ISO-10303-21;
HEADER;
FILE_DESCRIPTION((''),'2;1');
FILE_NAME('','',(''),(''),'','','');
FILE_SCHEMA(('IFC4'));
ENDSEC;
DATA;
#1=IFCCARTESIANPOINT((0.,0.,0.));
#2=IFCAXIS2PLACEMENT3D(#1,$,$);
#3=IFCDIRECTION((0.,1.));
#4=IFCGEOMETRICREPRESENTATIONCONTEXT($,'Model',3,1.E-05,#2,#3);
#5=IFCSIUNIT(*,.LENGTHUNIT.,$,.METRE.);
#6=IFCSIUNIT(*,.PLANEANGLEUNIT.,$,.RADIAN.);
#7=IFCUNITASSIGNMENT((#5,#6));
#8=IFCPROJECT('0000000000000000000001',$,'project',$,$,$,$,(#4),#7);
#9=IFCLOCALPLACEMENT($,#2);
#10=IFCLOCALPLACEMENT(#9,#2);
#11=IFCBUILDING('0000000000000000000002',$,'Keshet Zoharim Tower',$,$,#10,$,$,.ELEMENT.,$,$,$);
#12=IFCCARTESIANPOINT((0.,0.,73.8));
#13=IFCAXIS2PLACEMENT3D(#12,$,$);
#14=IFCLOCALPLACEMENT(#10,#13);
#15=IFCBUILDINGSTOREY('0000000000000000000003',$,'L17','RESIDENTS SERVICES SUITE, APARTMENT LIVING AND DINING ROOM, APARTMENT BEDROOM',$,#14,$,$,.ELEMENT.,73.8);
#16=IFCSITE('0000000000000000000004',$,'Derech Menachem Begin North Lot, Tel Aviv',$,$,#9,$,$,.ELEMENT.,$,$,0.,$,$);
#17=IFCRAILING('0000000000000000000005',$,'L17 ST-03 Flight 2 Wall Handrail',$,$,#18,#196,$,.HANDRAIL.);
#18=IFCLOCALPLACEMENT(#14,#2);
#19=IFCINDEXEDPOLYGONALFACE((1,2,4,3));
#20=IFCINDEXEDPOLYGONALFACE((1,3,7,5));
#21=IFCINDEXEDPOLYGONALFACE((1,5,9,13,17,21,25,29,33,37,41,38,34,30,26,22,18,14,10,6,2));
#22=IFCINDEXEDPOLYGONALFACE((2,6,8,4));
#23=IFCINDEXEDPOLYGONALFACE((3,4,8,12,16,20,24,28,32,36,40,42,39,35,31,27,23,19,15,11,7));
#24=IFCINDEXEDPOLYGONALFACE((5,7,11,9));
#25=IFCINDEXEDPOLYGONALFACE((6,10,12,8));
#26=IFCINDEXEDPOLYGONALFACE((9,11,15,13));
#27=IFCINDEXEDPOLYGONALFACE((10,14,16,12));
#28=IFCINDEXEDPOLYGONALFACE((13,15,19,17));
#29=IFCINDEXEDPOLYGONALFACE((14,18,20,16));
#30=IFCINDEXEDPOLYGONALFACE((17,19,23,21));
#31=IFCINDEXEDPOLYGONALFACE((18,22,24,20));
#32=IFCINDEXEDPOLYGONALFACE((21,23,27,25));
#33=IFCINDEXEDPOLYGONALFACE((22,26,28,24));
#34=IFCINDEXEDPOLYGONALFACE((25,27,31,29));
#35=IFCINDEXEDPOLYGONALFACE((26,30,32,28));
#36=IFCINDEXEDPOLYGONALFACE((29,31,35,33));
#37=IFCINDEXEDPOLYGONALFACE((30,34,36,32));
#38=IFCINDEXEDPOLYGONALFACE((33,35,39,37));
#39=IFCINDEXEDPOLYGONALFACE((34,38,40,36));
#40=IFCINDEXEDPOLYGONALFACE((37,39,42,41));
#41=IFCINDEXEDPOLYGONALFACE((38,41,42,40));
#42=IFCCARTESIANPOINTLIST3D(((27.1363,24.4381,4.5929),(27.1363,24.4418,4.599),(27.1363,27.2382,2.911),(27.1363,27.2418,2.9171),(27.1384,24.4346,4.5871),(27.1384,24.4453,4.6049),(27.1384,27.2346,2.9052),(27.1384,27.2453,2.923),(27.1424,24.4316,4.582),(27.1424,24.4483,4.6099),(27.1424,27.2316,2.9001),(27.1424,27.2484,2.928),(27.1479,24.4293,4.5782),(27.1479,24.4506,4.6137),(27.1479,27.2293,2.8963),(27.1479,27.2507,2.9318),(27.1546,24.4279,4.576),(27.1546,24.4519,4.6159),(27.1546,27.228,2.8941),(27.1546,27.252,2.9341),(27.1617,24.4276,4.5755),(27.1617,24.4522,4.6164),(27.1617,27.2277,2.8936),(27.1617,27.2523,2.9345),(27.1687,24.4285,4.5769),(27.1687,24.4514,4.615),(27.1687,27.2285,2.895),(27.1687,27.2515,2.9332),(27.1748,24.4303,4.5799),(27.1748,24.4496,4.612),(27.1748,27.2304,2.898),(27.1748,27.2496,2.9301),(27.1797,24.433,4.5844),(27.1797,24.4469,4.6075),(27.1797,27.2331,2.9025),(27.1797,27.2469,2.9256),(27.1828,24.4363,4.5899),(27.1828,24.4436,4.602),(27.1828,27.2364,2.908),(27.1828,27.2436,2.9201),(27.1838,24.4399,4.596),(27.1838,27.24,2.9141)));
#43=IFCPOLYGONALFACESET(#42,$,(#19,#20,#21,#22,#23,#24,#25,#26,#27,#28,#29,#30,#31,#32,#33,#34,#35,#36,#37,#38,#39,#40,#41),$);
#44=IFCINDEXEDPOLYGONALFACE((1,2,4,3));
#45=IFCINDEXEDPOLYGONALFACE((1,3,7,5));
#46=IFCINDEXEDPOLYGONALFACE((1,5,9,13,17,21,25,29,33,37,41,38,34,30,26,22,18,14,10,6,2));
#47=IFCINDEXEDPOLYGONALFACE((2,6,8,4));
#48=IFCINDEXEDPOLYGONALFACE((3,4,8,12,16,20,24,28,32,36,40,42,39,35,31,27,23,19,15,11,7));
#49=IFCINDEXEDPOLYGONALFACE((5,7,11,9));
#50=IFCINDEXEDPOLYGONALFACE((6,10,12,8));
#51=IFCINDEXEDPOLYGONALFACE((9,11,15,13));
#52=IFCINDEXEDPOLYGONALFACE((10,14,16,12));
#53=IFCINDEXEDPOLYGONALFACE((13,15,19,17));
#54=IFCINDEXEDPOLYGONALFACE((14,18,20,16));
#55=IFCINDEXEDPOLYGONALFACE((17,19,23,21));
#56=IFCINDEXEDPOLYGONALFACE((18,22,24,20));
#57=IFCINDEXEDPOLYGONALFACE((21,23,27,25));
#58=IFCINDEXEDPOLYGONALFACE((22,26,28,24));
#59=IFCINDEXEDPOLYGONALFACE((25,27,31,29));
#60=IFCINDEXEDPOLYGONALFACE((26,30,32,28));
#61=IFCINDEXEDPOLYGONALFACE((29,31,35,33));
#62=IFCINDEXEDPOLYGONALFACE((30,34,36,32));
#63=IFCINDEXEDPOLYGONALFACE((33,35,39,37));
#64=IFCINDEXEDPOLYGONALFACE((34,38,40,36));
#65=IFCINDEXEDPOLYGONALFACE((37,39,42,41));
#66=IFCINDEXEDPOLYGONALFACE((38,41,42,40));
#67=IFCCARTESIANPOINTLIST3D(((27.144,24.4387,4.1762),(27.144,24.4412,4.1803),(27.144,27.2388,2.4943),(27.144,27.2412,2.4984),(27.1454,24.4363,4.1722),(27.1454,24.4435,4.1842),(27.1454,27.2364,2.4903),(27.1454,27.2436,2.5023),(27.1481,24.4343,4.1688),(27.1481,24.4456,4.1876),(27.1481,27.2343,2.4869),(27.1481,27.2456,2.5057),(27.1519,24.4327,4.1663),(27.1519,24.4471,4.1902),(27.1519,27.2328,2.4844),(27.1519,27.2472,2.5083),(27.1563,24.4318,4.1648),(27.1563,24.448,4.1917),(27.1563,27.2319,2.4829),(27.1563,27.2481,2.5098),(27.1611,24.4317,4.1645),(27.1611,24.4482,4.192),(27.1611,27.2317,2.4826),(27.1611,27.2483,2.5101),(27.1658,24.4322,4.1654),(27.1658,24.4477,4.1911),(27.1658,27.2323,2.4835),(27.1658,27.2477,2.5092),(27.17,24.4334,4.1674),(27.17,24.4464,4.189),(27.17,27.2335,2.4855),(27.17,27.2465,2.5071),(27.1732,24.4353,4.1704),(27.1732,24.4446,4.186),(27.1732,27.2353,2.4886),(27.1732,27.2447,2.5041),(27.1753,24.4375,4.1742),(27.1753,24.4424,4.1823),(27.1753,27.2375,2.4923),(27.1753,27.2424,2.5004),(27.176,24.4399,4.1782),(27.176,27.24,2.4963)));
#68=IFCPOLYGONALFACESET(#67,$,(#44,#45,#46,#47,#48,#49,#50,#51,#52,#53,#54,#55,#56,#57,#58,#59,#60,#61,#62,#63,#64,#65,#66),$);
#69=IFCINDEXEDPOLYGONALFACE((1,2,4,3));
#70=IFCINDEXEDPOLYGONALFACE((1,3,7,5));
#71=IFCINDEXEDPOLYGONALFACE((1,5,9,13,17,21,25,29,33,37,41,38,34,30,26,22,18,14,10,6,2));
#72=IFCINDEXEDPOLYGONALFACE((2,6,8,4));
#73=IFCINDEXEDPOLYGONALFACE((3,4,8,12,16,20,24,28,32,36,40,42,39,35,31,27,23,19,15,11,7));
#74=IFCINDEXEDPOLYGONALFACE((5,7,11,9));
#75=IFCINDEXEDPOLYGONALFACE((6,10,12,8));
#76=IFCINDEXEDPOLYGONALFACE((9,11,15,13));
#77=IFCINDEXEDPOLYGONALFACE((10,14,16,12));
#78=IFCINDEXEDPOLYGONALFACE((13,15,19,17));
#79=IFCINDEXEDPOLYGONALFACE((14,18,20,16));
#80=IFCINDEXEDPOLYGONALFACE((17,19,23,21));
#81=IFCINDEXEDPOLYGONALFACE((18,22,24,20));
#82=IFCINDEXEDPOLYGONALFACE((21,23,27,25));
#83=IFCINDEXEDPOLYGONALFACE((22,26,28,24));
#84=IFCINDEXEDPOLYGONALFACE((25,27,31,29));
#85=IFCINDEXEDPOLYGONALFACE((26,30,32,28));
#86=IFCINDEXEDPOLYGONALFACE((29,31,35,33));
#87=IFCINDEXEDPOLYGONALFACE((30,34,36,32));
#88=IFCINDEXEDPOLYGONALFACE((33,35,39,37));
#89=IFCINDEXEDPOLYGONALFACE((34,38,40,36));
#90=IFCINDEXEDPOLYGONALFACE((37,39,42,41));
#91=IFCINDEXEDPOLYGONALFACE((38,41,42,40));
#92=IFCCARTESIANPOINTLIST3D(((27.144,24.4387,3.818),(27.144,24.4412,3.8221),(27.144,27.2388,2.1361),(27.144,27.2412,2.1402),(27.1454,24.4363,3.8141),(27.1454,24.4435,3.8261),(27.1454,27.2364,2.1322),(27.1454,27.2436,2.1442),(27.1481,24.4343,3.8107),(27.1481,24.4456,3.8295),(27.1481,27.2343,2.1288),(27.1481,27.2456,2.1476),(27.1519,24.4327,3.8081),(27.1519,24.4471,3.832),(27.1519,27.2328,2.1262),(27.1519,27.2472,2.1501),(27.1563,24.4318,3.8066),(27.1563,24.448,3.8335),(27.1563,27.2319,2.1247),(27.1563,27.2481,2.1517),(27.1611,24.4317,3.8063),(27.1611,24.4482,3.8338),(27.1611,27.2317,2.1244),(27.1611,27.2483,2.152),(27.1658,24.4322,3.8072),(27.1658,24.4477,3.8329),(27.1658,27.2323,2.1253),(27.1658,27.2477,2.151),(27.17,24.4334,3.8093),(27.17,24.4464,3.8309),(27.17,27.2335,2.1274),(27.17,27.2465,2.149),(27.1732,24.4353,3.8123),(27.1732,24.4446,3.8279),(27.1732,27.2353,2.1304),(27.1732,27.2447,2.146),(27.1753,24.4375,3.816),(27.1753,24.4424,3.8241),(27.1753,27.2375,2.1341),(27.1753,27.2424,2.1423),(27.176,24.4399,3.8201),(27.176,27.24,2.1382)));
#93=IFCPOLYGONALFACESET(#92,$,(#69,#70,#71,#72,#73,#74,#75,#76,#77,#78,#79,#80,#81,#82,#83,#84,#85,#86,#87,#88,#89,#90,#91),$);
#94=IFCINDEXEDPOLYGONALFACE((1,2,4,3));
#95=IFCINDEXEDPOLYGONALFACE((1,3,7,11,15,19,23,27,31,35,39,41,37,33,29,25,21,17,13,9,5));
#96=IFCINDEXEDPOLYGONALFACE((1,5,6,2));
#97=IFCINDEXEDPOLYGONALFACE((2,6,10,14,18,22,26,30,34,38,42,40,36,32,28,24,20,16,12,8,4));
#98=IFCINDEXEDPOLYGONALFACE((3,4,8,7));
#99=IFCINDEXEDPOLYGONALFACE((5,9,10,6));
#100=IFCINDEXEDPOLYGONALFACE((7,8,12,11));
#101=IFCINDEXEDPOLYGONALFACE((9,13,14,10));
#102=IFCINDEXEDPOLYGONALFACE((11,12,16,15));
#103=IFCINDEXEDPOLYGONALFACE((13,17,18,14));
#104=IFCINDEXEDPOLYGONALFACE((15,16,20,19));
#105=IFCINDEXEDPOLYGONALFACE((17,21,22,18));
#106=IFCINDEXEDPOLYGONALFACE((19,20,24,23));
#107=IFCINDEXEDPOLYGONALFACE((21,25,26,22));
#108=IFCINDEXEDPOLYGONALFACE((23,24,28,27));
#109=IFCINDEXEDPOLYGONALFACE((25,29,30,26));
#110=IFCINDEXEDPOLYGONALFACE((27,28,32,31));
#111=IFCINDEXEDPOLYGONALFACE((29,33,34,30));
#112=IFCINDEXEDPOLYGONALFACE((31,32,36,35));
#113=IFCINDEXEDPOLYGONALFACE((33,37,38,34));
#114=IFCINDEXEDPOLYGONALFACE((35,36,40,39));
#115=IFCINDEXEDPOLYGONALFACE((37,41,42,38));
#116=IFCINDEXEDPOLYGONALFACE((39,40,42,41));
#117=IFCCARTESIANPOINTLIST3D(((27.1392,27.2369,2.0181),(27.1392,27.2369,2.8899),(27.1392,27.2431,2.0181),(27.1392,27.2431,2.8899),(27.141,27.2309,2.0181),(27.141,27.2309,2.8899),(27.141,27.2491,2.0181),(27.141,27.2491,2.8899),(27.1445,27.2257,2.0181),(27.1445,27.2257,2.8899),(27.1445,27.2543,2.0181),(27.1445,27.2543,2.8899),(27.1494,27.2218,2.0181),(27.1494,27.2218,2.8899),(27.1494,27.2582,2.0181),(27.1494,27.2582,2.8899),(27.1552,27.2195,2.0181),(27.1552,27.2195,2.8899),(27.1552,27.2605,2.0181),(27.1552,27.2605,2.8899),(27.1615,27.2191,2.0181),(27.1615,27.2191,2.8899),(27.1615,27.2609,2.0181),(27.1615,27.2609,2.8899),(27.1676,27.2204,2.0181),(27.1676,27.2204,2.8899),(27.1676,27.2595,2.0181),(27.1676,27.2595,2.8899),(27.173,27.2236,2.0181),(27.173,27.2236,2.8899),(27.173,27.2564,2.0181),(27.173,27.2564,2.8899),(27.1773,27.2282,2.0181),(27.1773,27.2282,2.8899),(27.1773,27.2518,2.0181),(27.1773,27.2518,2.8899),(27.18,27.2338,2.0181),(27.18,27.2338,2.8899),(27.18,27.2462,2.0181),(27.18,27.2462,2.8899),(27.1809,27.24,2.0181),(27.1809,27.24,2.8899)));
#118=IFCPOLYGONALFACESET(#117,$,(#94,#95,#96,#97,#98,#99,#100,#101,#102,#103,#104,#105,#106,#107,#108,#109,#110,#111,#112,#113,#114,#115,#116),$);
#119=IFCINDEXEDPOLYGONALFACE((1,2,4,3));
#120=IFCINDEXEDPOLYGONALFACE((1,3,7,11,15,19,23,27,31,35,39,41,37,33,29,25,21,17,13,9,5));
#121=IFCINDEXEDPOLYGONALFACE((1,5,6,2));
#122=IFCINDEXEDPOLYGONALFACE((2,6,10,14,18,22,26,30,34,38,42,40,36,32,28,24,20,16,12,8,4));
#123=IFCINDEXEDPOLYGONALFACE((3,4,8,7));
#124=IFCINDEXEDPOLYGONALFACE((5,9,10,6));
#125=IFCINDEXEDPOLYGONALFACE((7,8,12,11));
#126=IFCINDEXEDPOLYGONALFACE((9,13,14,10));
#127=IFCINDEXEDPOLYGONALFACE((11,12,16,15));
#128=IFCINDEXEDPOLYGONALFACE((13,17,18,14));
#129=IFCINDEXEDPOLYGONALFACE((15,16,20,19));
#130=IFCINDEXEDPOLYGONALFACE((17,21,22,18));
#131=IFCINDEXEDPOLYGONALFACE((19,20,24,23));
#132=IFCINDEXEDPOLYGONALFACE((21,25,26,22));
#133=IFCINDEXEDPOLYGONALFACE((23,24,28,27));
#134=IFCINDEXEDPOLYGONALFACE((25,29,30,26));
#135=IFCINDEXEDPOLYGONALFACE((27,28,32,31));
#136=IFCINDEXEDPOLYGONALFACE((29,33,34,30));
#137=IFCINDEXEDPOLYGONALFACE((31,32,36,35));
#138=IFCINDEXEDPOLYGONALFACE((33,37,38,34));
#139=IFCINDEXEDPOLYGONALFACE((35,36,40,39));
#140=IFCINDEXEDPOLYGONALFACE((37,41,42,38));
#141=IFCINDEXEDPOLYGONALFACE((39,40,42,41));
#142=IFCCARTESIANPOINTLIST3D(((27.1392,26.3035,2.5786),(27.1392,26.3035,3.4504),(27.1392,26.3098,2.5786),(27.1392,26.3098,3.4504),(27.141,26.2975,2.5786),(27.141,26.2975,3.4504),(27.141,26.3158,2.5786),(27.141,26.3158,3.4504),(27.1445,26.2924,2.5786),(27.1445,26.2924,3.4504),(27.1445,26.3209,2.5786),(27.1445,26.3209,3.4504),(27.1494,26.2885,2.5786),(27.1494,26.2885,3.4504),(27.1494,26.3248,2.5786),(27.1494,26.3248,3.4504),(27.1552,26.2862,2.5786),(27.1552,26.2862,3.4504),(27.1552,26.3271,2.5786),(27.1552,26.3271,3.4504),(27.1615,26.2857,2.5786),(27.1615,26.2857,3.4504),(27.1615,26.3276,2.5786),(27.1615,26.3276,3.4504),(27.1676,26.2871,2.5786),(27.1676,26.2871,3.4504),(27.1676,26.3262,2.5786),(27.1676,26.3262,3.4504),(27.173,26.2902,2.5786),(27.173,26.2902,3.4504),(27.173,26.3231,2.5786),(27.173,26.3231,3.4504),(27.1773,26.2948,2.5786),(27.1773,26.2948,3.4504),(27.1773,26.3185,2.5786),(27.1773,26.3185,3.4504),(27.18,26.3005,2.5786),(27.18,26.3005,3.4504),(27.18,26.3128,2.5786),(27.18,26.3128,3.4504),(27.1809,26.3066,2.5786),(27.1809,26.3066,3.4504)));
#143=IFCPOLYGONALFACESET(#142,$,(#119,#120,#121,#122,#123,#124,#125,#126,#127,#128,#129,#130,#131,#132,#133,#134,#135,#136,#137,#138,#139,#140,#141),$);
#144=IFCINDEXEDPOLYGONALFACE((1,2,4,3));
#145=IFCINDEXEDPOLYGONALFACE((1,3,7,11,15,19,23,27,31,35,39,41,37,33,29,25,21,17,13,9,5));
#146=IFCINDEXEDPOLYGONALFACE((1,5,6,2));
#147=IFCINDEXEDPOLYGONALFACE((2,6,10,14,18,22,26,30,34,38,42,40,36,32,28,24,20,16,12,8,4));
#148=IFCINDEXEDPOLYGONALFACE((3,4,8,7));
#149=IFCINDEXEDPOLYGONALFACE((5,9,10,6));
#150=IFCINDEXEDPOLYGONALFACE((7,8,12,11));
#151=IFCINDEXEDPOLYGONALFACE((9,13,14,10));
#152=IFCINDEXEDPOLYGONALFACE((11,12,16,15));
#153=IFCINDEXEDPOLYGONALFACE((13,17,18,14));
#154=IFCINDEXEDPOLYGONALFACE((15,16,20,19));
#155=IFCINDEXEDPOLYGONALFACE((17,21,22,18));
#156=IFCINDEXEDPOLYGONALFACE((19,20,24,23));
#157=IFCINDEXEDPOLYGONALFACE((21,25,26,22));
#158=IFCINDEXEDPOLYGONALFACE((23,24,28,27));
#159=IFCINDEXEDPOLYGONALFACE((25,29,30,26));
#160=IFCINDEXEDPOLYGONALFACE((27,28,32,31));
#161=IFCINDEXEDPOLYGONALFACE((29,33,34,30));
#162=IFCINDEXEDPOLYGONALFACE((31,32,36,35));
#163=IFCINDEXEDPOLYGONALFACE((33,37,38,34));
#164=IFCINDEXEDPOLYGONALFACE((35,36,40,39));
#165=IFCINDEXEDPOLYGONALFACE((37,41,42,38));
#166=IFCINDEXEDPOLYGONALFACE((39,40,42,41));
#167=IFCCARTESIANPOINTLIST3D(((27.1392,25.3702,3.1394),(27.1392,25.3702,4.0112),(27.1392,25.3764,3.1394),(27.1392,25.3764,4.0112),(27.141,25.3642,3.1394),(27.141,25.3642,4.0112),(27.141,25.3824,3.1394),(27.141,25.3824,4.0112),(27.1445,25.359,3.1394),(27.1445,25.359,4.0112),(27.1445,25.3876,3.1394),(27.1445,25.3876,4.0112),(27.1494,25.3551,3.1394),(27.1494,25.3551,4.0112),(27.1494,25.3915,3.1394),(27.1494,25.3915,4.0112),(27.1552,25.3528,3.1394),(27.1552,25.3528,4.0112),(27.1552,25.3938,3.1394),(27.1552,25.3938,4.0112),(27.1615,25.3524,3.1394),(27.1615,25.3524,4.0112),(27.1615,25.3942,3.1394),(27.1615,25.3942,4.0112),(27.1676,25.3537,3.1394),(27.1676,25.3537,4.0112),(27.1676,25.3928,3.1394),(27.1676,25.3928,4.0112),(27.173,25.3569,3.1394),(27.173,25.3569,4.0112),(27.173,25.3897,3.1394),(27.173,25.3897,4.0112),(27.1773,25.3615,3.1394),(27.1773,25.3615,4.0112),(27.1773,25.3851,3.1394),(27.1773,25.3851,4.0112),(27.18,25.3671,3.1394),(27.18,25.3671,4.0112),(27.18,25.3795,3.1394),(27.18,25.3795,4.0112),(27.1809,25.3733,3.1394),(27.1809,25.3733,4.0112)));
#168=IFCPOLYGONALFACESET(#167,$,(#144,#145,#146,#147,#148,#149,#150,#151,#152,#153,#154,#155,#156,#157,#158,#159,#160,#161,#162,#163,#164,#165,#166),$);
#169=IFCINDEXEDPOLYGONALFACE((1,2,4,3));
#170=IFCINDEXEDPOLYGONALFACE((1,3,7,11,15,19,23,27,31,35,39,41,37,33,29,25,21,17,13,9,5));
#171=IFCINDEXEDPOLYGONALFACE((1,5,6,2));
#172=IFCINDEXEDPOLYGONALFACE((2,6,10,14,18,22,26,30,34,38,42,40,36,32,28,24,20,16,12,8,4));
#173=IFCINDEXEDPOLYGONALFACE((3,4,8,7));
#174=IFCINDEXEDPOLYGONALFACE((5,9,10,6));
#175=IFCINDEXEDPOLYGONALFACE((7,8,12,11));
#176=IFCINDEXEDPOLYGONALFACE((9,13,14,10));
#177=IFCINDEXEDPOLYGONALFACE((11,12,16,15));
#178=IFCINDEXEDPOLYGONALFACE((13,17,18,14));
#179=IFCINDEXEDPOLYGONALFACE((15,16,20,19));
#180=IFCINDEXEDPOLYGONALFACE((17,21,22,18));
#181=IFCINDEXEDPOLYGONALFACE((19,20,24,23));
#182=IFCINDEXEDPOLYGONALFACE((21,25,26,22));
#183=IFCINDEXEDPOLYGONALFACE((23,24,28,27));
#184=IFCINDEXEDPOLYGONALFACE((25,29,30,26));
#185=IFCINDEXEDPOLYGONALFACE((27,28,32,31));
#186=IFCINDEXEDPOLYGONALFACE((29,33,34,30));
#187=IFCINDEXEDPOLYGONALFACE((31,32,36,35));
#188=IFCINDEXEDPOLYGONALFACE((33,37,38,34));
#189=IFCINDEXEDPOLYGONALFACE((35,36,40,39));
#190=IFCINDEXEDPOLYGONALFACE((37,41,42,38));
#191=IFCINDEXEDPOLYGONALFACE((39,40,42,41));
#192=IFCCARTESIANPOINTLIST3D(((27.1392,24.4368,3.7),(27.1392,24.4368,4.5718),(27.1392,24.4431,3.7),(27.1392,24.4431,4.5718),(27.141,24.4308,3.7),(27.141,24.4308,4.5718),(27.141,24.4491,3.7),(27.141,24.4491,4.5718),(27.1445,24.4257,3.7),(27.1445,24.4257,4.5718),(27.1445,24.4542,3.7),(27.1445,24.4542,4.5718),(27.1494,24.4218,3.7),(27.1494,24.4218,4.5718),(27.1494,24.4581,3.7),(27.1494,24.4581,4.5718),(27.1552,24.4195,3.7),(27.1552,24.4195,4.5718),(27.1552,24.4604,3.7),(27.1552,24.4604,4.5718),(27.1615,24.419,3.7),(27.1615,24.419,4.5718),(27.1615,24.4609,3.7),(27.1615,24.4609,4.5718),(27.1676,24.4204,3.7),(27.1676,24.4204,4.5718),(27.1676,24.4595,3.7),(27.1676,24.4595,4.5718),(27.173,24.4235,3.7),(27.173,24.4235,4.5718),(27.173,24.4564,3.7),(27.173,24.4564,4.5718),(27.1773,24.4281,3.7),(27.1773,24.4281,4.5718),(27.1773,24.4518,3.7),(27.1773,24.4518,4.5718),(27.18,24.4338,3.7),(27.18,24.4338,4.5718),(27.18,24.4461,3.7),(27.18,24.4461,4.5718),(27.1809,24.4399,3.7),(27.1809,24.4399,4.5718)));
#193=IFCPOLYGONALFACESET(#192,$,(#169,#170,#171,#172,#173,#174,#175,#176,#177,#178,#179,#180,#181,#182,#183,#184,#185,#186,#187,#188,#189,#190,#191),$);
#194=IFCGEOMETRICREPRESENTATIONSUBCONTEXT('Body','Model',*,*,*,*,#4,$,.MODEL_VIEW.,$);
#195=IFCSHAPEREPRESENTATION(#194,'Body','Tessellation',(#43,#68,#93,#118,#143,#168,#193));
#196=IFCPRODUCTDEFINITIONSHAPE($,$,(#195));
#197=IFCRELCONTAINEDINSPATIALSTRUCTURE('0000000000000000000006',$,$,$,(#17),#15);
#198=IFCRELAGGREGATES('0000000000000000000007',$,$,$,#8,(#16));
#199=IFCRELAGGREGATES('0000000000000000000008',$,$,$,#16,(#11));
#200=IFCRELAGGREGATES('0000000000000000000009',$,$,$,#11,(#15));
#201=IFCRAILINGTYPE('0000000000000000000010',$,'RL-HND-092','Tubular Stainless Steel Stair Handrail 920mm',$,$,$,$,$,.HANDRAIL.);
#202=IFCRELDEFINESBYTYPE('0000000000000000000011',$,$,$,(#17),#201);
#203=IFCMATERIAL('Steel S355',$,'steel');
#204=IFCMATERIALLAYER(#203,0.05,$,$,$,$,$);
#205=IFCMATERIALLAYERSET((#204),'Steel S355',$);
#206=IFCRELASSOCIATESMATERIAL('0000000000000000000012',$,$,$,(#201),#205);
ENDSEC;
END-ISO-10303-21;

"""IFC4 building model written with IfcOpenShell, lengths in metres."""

from ifc_helpers import new_model, si_unit, direction, frame, origin, origin_2d, place, context, subcontext, project, spatial, circle, extrude, material, layer, layer_set, type_object, element, save


model = new_model("IFC4")

# Units and contexts
model_context = context("Model", 3, precision=1e-05, world=origin(), true_north=direction((0.0, 1.0)))
body_context = subcontext(model_context, "Body", "Model", "MODEL_VIEW")
ifc_project = project(units=[si_unit("LENGTHUNIT", "METRE"), si_unit("PLANEANGLEUNIT", "RADIAN")], contexts=[model_context])

# Site, building, storey
site_placement = place(None, origin())
site = spatial("IfcSite", under=ifc_project, at=site_placement, Name="Derech Menachem Begin North Lot, Tel Aviv", CompositionType="ELEMENT", RefElevation=0.0)
building_placement = place(site_placement, origin())
building = spatial("IfcBuilding", under=site, at=building_placement, Name="Keshet Zoharim Tower", CompositionType="ELEMENT")
storey_placement = place(building_placement, frame((0.0, 0.0, 73.8)))
storey = spatial("IfcBuildingStorey", under=building, at=storey_placement, Name="L17", Description="RESIDENTS SERVICES SUITE, APARTMENT LIVING AND DINING ROOM, APARTMENT BEDROOM", CompositionType="ELEMENT", Elevation=73.8)

# Shared definitions
ifc_material_1 = material(Name="Steel S355", Category="steel")

# Railing
ifc_layer_1 = layer(ifc_material_1, 0.05)
ifc_layer_set_1 = layer_set([ifc_layer_1], Name="Steel S355")
railing_type = type_object("IfcRailingType", Name="RL-HND-092", Description="Tubular Stainless Steel Stair Handrail 920mm", PredefinedType="HANDRAIL", material=ifc_layer_set_1)
railing_placement = place(storey_placement, frame((27.1599, 27.24, 2.0181)))
element("IfcRailing", 1, at=railing_placement, inside=storey, type_object=railing_type, Name="L17 ST-03 Flight 2 Wall Handrail", PredefinedType="HANDRAIL", context=body_context, shape_type="SweptSolid", body=[
    extrude(circle(Radius=0.0239, at=origin_2d()), frame((0.0, 0.0, 0.896), z_axis=(0.0, -0.857242, 0.514913), x_axis=(1.0, 0.0, 0.0)), (0.0, 0.0, 1.0), 3.2664),
    extrude(circle(Radius=0.0161, at=origin_2d()), frame((0.0, 0.0, 0.4783), z_axis=(0.0, -0.857242, 0.514913), x_axis=(1.0, 0.0, 0.0)), (0.0, 0.0, 1.0), 3.2664),
    extrude(circle(Radius=0.0161, at=origin_2d()), frame((0.0, 0.0, 0.1201), z_axis=(0.0, -0.857242, 0.514913), x_axis=(1.0, 0.0, 0.0)), (0.0, 0.0, 1.0), 3.2664),
    extrude(circle(Radius=0.021, at=origin_2d()), origin(), (0.0, 0.0, 1.0), 0.8718),
    extrude(circle(Radius=0.021, at=origin_2d()), frame((0.0, -0.9333, 0.5605)), (0.0, 0.0, 1.0), 0.8718),
    extrude(circle(Radius=0.021, at=origin_2d()), frame((0.0, -1.8667, 1.1213)), (0.0, 0.0, 1.0), 0.8718),
    extrude(circle(Radius=0.021, at=origin_2d()), frame((0.0, -2.8, 1.6819)), (0.0, 0.0, 1.0), 0.8718),
])

save(model, "model.ifc")
